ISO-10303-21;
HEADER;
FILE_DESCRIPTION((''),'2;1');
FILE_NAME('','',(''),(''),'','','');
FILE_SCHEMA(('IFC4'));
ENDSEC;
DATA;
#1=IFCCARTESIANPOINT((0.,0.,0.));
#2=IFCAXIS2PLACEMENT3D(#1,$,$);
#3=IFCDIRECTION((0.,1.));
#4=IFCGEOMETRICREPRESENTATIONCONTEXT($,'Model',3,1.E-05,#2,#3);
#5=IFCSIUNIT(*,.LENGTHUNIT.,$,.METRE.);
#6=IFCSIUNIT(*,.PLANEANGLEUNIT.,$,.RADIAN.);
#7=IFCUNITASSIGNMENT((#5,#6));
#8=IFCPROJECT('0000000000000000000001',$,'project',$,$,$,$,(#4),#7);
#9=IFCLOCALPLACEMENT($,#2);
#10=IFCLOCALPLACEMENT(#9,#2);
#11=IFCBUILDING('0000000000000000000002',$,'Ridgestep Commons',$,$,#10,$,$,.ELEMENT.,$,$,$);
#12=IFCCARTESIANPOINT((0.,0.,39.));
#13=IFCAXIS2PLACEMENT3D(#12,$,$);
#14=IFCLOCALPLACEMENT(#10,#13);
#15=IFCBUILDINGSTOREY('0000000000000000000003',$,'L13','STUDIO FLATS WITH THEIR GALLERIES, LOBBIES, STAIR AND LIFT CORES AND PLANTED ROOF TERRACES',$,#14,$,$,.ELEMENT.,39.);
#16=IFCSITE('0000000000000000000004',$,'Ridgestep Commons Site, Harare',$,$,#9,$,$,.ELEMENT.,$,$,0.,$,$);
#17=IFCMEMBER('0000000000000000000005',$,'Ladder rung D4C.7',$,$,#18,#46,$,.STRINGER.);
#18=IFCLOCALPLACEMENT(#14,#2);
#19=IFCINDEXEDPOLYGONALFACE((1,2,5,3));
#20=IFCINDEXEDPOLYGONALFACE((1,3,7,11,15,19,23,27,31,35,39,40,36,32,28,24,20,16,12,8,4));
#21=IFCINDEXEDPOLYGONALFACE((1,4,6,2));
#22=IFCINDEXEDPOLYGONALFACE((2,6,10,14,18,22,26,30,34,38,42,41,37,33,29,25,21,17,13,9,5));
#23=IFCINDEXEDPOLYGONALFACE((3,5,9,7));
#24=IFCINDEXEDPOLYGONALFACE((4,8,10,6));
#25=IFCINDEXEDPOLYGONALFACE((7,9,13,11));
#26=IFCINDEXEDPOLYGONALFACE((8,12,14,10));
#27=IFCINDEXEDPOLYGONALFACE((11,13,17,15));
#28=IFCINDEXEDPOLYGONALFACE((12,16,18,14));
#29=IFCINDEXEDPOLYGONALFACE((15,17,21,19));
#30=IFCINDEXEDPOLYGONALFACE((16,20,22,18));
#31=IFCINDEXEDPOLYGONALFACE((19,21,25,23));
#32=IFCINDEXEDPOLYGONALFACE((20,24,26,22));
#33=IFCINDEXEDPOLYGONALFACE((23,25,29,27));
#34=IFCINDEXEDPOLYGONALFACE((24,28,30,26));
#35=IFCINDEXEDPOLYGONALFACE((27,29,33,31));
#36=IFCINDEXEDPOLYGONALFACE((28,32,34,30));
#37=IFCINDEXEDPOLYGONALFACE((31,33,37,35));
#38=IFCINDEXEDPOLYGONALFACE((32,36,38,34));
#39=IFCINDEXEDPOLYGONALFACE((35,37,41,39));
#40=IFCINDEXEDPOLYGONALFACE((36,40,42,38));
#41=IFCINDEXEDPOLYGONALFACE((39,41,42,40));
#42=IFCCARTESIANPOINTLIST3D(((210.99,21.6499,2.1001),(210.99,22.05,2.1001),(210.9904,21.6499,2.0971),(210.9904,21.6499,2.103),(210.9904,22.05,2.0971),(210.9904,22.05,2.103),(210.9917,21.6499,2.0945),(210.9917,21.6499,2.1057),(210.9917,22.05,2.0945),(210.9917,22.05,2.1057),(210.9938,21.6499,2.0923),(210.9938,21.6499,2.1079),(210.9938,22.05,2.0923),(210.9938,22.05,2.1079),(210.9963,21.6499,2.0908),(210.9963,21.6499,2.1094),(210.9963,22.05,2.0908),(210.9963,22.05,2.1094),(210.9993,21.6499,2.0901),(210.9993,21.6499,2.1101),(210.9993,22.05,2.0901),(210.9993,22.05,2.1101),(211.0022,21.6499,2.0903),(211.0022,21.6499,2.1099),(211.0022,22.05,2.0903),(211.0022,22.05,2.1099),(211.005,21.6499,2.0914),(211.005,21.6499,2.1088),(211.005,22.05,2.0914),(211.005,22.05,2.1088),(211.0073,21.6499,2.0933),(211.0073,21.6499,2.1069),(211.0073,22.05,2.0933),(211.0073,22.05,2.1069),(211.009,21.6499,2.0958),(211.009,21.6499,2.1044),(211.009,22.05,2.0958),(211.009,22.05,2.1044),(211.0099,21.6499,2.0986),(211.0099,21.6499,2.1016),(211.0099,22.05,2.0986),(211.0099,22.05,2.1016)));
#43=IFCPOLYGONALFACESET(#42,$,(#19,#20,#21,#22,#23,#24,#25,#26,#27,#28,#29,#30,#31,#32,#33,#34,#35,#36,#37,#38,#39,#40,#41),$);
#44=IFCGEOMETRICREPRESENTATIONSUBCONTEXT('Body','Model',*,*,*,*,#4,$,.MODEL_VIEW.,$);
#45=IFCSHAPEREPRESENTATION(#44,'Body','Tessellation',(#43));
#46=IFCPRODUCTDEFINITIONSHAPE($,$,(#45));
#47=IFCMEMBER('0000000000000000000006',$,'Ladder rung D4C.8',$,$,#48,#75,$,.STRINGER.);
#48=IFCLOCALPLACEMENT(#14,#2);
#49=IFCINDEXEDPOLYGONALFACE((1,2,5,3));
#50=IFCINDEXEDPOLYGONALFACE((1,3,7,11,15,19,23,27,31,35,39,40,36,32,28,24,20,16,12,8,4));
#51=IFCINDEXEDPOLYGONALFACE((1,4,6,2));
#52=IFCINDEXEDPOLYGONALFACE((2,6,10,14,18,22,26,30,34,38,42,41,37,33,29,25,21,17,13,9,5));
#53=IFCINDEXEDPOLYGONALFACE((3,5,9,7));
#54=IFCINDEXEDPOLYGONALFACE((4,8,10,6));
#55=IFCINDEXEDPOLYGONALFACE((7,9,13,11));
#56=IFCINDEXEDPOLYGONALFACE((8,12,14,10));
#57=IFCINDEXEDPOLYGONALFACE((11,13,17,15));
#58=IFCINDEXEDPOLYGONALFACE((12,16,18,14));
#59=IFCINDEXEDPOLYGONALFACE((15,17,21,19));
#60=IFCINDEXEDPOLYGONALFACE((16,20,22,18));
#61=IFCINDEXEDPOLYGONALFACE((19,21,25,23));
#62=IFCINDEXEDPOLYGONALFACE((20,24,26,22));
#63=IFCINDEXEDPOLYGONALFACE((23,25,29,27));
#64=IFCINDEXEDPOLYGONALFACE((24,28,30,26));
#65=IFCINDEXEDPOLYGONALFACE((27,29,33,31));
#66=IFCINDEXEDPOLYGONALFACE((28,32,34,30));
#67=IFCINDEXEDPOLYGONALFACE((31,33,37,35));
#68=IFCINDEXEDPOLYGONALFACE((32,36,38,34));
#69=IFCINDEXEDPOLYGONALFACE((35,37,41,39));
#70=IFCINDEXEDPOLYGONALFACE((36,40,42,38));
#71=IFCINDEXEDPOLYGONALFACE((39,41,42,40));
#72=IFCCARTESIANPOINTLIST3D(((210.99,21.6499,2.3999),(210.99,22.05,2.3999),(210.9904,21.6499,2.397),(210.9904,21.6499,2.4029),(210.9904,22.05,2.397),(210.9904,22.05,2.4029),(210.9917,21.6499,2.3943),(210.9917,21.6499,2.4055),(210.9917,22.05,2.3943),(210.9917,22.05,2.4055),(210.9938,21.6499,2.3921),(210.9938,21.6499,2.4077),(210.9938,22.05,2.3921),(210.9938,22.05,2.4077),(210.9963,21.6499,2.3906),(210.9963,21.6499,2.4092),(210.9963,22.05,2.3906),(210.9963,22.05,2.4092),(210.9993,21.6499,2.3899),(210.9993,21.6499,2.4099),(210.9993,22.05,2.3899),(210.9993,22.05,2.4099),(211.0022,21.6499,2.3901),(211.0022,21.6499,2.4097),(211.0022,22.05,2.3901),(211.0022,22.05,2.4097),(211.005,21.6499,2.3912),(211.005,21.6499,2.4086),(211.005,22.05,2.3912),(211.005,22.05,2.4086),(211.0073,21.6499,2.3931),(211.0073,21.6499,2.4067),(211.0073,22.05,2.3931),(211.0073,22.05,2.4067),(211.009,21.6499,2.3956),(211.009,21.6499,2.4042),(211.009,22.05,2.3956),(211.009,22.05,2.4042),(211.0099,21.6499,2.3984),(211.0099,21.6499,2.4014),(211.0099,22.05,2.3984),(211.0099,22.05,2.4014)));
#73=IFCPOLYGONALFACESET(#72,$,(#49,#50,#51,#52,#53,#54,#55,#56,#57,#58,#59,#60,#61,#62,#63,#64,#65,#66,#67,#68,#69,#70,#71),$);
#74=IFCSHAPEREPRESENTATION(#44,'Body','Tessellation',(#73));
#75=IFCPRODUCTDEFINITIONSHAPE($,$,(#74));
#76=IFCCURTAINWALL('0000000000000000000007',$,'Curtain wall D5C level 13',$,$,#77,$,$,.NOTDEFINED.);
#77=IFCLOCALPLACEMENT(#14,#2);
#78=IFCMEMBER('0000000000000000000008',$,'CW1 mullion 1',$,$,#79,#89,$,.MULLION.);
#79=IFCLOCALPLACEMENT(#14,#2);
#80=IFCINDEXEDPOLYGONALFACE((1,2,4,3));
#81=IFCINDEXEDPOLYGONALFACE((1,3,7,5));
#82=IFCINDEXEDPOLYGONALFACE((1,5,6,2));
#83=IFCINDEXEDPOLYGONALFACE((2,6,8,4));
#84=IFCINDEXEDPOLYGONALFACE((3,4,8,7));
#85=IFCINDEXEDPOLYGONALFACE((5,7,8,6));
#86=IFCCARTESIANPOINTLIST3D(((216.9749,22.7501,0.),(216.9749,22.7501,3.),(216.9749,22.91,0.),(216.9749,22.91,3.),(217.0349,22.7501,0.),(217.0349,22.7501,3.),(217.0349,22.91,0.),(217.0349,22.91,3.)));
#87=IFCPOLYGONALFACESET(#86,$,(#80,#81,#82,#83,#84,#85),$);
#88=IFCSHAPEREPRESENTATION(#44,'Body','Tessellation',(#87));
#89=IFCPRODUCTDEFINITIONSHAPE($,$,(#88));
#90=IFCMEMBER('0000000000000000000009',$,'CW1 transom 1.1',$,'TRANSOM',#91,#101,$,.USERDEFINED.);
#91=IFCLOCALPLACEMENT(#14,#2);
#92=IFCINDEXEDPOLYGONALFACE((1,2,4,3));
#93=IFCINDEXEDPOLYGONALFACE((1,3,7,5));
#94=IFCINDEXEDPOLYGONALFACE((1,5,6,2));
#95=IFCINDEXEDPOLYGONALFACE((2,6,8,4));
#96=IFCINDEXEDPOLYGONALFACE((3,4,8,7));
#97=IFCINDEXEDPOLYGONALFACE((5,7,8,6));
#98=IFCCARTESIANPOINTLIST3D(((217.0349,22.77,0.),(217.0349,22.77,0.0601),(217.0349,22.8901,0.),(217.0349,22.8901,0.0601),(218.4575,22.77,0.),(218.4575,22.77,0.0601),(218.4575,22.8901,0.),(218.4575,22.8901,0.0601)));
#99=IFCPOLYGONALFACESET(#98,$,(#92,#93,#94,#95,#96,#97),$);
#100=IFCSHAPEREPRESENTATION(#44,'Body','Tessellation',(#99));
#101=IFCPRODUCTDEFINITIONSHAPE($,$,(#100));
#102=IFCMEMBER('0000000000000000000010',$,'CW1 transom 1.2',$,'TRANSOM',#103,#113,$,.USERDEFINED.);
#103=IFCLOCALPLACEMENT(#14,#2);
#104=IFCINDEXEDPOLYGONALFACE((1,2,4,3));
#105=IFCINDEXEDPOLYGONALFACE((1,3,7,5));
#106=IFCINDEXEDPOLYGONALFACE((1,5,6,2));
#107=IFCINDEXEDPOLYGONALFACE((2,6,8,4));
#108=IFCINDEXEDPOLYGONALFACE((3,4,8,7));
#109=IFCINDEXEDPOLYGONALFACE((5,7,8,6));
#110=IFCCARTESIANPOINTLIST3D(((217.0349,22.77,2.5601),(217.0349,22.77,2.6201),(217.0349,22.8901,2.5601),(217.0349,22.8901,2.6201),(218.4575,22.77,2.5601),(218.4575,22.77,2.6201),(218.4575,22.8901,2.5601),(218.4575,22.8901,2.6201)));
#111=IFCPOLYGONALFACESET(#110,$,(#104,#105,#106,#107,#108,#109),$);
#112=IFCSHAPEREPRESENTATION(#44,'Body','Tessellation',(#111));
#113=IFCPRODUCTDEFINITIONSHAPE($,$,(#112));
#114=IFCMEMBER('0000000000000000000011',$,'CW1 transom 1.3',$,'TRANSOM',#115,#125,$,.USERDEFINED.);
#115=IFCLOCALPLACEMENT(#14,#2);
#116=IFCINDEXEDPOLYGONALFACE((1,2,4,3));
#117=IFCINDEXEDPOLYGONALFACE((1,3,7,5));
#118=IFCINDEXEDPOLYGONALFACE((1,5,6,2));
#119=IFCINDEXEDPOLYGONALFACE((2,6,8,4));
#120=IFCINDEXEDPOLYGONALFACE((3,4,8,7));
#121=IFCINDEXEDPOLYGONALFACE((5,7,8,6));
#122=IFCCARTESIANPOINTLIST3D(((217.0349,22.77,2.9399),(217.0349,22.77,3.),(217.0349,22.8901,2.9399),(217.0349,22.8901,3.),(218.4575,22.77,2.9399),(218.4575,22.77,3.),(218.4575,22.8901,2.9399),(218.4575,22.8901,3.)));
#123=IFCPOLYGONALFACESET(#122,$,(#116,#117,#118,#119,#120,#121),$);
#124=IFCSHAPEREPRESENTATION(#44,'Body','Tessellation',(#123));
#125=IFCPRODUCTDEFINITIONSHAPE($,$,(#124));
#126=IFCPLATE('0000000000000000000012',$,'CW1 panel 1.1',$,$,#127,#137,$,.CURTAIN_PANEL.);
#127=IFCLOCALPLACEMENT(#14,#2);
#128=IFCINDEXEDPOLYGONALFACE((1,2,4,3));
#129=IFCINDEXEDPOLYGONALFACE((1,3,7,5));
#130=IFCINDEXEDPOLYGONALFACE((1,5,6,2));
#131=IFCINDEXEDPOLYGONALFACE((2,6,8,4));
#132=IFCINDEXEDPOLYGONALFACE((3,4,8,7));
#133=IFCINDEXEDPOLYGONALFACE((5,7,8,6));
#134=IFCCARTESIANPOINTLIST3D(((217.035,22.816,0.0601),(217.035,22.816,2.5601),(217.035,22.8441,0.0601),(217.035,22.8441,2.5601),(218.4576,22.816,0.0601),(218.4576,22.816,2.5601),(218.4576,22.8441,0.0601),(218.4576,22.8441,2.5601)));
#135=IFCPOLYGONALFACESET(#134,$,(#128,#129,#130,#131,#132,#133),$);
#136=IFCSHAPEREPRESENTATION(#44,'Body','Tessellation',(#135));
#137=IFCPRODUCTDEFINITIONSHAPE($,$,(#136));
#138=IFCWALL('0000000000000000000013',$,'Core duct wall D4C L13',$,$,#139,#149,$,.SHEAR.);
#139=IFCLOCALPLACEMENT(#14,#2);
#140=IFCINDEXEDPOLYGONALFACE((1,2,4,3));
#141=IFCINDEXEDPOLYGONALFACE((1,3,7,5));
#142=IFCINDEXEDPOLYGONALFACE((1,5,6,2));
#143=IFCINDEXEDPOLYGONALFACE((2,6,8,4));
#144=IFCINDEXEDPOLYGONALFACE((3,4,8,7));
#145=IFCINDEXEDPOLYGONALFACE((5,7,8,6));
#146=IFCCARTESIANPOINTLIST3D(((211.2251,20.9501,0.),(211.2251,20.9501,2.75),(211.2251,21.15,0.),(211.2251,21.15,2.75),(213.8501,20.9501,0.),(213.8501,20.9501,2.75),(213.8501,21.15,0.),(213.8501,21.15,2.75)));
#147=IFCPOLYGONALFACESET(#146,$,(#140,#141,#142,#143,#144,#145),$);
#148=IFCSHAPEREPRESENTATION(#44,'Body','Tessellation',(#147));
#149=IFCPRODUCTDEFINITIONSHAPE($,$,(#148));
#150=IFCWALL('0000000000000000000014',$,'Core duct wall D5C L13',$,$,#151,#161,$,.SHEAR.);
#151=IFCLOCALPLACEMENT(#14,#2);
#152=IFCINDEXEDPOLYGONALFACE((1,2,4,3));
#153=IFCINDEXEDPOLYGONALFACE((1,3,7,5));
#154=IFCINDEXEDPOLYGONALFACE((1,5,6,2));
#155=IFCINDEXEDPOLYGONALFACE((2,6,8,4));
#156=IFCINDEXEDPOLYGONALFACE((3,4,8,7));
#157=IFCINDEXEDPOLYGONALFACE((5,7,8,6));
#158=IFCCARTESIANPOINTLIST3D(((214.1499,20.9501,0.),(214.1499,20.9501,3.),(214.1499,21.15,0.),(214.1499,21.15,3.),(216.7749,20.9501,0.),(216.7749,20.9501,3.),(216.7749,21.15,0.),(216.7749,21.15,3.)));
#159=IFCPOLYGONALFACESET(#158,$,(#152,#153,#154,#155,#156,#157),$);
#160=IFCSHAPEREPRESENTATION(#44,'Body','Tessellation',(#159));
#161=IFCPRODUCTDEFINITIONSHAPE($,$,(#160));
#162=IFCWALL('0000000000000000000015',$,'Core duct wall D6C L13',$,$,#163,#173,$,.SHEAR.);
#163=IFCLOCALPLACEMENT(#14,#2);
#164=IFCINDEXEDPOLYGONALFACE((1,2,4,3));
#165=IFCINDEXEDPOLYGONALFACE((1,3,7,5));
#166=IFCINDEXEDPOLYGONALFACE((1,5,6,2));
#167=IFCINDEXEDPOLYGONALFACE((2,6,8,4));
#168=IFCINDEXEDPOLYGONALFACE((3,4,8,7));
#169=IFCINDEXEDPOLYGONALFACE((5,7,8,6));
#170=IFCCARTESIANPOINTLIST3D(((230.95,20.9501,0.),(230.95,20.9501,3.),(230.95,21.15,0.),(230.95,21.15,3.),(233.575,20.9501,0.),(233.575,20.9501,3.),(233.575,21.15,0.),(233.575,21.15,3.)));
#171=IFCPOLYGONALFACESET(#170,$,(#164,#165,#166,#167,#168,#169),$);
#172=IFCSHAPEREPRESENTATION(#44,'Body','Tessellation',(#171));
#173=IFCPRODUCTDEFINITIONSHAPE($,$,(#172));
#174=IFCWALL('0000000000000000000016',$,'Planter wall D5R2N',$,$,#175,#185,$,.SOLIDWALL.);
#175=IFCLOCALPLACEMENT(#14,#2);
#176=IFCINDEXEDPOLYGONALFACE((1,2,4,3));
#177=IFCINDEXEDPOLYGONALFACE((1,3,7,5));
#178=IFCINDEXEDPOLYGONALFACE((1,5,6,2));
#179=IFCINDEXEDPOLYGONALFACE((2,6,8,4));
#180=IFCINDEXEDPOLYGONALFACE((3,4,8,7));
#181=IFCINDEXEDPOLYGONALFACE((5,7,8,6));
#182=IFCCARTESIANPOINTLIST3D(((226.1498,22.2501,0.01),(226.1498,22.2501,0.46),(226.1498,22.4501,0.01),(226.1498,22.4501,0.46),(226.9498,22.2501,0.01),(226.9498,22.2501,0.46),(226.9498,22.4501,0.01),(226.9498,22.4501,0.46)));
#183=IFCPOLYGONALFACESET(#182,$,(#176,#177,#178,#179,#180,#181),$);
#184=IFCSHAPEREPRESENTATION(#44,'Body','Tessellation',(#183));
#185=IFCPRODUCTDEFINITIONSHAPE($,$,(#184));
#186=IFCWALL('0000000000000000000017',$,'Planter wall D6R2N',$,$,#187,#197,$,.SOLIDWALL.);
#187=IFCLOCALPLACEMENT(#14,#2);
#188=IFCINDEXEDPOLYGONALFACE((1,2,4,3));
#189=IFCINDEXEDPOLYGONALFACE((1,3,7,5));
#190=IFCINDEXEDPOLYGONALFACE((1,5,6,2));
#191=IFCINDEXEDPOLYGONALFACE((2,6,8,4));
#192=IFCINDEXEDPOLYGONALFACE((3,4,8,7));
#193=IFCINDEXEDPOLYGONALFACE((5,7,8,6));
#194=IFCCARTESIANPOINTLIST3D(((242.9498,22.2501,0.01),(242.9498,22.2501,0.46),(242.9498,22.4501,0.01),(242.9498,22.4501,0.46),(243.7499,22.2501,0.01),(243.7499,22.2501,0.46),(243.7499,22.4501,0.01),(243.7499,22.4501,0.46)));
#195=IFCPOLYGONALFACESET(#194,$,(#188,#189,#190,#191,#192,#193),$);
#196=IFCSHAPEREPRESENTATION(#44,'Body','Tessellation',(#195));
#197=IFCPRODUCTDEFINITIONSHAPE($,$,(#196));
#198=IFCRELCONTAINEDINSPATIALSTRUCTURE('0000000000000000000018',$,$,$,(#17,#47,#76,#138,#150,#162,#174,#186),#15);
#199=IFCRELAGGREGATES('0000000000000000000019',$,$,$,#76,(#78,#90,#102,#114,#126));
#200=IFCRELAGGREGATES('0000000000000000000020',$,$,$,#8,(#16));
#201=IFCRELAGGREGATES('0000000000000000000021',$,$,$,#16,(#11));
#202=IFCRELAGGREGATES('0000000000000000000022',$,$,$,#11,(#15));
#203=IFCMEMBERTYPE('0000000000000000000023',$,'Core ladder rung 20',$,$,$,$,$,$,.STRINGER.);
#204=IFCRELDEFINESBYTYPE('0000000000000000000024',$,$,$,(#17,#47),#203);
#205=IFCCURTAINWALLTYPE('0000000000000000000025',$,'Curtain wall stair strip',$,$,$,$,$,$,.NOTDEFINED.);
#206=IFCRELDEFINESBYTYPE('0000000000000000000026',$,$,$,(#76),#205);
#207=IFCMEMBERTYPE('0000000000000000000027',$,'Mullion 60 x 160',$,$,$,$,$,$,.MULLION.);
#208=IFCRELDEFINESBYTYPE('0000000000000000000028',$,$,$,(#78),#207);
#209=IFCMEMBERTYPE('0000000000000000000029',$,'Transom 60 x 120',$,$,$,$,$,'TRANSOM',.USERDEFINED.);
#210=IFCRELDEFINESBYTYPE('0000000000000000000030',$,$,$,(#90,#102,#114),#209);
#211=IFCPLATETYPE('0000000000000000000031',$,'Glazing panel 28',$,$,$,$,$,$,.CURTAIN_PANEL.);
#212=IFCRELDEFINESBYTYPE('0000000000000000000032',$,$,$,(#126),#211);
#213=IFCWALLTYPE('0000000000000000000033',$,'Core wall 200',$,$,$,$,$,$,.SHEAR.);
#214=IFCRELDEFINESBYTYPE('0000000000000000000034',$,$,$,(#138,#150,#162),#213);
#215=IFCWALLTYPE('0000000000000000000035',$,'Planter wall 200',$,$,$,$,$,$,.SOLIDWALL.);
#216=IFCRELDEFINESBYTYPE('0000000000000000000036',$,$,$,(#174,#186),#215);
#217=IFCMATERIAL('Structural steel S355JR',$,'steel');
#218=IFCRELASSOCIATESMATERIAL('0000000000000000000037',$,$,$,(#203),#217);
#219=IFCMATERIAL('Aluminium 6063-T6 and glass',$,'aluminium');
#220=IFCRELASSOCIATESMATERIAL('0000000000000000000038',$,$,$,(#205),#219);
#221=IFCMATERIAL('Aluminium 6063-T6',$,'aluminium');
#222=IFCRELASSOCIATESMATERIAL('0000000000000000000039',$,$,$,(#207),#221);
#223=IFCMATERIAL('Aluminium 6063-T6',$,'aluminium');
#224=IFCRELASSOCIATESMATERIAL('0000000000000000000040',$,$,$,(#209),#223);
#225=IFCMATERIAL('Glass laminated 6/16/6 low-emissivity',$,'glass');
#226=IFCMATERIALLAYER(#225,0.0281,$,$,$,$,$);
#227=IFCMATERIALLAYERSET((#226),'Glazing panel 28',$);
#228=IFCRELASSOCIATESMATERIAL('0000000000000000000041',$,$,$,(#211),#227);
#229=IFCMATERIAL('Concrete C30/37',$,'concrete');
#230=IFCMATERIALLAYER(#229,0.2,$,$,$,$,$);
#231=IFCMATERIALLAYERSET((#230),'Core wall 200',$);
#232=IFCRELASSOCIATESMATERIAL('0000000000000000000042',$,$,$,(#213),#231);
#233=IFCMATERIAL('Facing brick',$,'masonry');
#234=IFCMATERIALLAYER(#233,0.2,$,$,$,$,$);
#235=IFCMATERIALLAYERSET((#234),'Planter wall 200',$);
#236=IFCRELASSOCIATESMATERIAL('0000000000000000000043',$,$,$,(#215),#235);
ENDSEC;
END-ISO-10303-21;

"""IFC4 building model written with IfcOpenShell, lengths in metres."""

from ifc_helpers import new_model, si_unit, direction, frame, frame_2d, origin, origin_2d, place, context, subcontext, project, spatial, rectangle, circle, extrude, material, layer, layer_set, material_profile, profile_set, type_object, element, aggregate, save


model = new_model("IFC4")

# Units and contexts
model_context = context("Model", 3, precision=1e-05, world=origin(), true_north=direction((0.0, 1.0)))
body_context = subcontext(model_context, "Body", "Model", "MODEL_VIEW")
ifc_project = project(units=[si_unit("LENGTHUNIT", "METRE"), si_unit("PLANEANGLEUNIT", "RADIAN")], contexts=[model_context])

# Site, building, storey
site_placement = place(None, origin())
site = spatial("IfcSite", under=ifc_project, at=site_placement, Name="Ridgestep Commons Site, Harare", CompositionType="ELEMENT", RefElevation=0.0)
building_placement = place(site_placement, origin())
building = spatial("IfcBuilding", under=site, at=building_placement, Name="Ridgestep Commons", CompositionType="ELEMENT")
storey_placement = place(building_placement, frame((0.0, 0.0, 39.0)))
storey = spatial("IfcBuildingStorey", under=building, at=storey_placement, Name="L13", Description="STUDIO FLATS WITH THEIR GALLERIES, LOBBIES, STAIR AND LIFT CORES AND PLANTED ROOF TERRACES", CompositionType="ELEMENT", Elevation=39.0)

# Members
ifc_material_1 = material(Name="Structural steel S355JR", Category="steel")
ifc_material_profile_1 = material_profile(ifc_material_1, circle(Radius=0.01, at=origin_2d()), Name="Round bar 20")
ifc_profile_set_1 = profile_set([ifc_material_profile_1], Name="Structural steel S355JR")
member_type_1 = type_object("IfcMemberType", Name="Core ladder rung 20", PredefinedType="STRINGER", material=ifc_profile_set_1)
for number, where, z_axis, x_axis, name in (
    (1, (211.0, 21.6499, 2.1001), (0.0, 1.0, 0.0), (-1.0, 0.0, 0.0), "Ladder rung D4C.7"),
    (2, (211.0, 21.6499, 2.3999), (0.0, 1.0, 0.0), (-1.0, 0.0, 0.0), "Ladder rung D4C.8"),
):
    element("IfcMember", number, at=place(storey_placement, frame(where, z_axis=z_axis, x_axis=x_axis)), inside=storey, type_object=member_type_1, Name=name, PredefinedType="STRINGER", context=body_context, shape_type="SweptSolid", body=[
        extrude(circle(Radius=0.01, at=origin_2d()), origin(), (0.0, 0.0, 1.0), 0.4001),
    ])

# Curtain wall, members, plate
ifc_material_2 = material(Name="Aluminium 6063-T6 and glass", Category="aluminium")
curtain_wall_type = type_object("IfcCurtainWallType", Name="Curtain wall stair strip", PredefinedType="NOTDEFINED", material=ifc_material_2)
curtain_wall_placement = place(storey_placement, origin())
curtain_wall = element("IfcCurtainWall", 3, at=curtain_wall_placement, inside=storey, type_object=curtain_wall_type, Name="Curtain wall D5C level 13", PredefinedType="NOTDEFINED")
ifc_material_3 = material(Name="Aluminium 6063-T6", Category="aluminium")
ifc_material_profile_2 = material_profile(ifc_material_3, rectangle(XDim=0.1599, YDim=0.0601, at=origin_2d()), Name="Mullion 60 x 160")
ifc_profile_set_2 = profile_set([ifc_material_profile_2], Name="Aluminium 6063-T6")
member_type_2 = type_object("IfcMemberType", Name="Mullion 60 x 160", PredefinedType="MULLION", material=ifc_profile_set_2)
member_1_placement = place(storey_placement, frame((217.0049, 22.8301, 0.0), z_axis=(0.0, 0.0, 1.0), x_axis=(0.0, 1.0, 0.0)))
member_1 = element("IfcMember", 4, at=member_1_placement, type_object=member_type_2, Name="CW1 mullion 1", PredefinedType="MULLION", context=body_context, shape_type="SweptSolid", body=[
    extrude(rectangle(XDim=0.1599, YDim=0.0601, at=origin_2d()), origin(), (0.0, 0.0, 1.0), 3.0),
])
ifc_material_4 = material(Name="Aluminium 6063-T6", Category="aluminium")
ifc_material_profile_3 = material_profile(ifc_material_4, rectangle(XDim=0.1201, YDim=0.0601, at=origin_2d()), Name="Transom 60 x 120")
ifc_profile_set_3 = profile_set([ifc_material_profile_3], Name="Aluminium 6063-T6")
member_type_3 = type_object("IfcMemberType", Name="Transom 60 x 120", ElementType="TRANSOM", PredefinedType="USERDEFINED", material=ifc_profile_set_3)
member_2_placement = place(storey_placement, frame((217.0349, 22.8301, 0.03), z_axis=(1.0, 0.0, 0.0), x_axis=(0.0, 1.0, 0.0)))
member_2 = element("IfcMember", 5, at=member_2_placement, type_object=member_type_3, Name="CW1 transom 1.1", ObjectType="TRANSOM", PredefinedType="USERDEFINED", context=body_context, shape_type="SweptSolid", body=[
    extrude(rectangle(XDim=0.1201, YDim=0.0601, at=origin_2d()), origin(), (0.0, 0.0, 1.0), 1.4226),
])
member_3_placement = place(storey_placement, frame((217.0349, 22.8301, 2.5901), z_axis=(1.0, 0.0, 0.0), x_axis=(0.0, 1.0, 0.0)))
member_3 = element("IfcMember", 6, at=member_3_placement, type_object=member_type_3, Name="CW1 transom 1.2", ObjectType="TRANSOM", PredefinedType="USERDEFINED", context=body_context, shape_type="SweptSolid", body=[
    extrude(rectangle(XDim=0.1201, YDim=0.0601, at=origin_2d()), origin(), (0.0, 0.0, 1.0), 1.4226),
])
member_4_placement = place(storey_placement, frame((217.0349, 22.8301, 2.97), z_axis=(1.0, 0.0, 0.0), x_axis=(0.0, 1.0, 0.0)))
member_4 = element("IfcMember", 7, at=member_4_placement, type_object=member_type_3, Name="CW1 transom 1.3", ObjectType="TRANSOM", PredefinedType="USERDEFINED", context=body_context, shape_type="SweptSolid", body=[
    extrude(rectangle(XDim=0.1201, YDim=0.0601, at=origin_2d()), origin(), (0.0, 0.0, 1.0), 1.4226),
])
ifc_material_5 = material(Name="Glass laminated 6/16/6 low-emissivity", Category="glass")
ifc_layer_1 = layer(ifc_material_5, 0.0281)
ifc_layer_set_1 = layer_set([ifc_layer_1], Name="Glazing panel 28")
plate_type = type_object("IfcPlateType", Name="Glazing panel 28", PredefinedType="CURTAIN_PANEL", material=ifc_layer_set_1)
plate_placement = place(storey_placement, frame((217.7463, 22.8301, 0.0601), z_axis=(0.0, 0.0, 1.0), x_axis=(1.0, 0.0, 0.0)))
plate = element("IfcPlate", 8, at=plate_placement, type_object=plate_type, Name="CW1 panel 1.1", PredefinedType="CURTAIN_PANEL", context=body_context, shape_type="SweptSolid", body=[
    extrude(rectangle(XDim=1.4226, YDim=0.0281, at=origin_2d()), origin(), (0.0, 0.0, 1.0), 2.5),
])
aggregate(curtain_wall, [member_1, member_2, member_3, member_4, plate])

# Walls
ifc_material_6 = material(Name="Concrete C30/37", Category="concrete")
ifc_layer_2 = layer(ifc_material_6, 0.2)
ifc_layer_set_2 = layer_set([ifc_layer_2], Name="Core wall 200")
wall_type_1 = type_object("IfcWallType", Name="Core wall 200", PredefinedType="SHEAR", material=ifc_layer_set_2)
wall_placement = place(storey_placement, frame((211.2251, 21.05, 0.0), z_axis=(0.0, 0.0, 1.0), x_axis=(1.0, 0.0, 0.0)))
element("IfcWall", 9, at=wall_placement, inside=storey, type_object=wall_type_1, Name="Core duct wall D4C L13", PredefinedType="SHEAR", context=body_context, shape_type="SweptSolid", body=[
    extrude(rectangle(XDim=2.625, YDim=0.2, at=frame_2d((1.3125, 0.0))), origin(), (0.0, 0.0, 1.0), 2.75),
])
for number, where, z_axis, x_axis, name in (
    (10, (214.1499, 21.05, 0.0), (0.0, 0.0, 1.0), (1.0, 0.0, 0.0), "Core duct wall D5C L13"),
    (11, (230.95, 21.05, 0.0), (0.0, 0.0, 1.0), (1.0, 0.0, 0.0), "Core duct wall D6C L13"),
):
    element("IfcWall", number, at=place(storey_placement, frame(where, z_axis=z_axis, x_axis=x_axis)), inside=storey, type_object=wall_type_1, Name=name, PredefinedType="SHEAR", context=body_context, shape_type="SweptSolid", body=[
        extrude(rectangle(XDim=2.625, YDim=0.2, at=frame_2d((1.3125, 0.0))), origin(), (0.0, 0.0, 1.0), 3.0),
    ])
ifc_material_7 = material(Name="Facing brick", Category="masonry")
ifc_layer_3 = layer(ifc_material_7, 0.2)
ifc_layer_set_3 = layer_set([ifc_layer_3], Name="Planter wall 200")
wall_type_2 = type_object("IfcWallType", Name="Planter wall 200", PredefinedType="SOLIDWALL", material=ifc_layer_set_3)
for number, where, z_axis, x_axis, name in (
    (12, (226.1499, 22.3501, 0.01), (0.0, 0.0, 1.0), (1.0, 0.0, 0.0), "Planter wall D5R2N"),
    (13, (242.95, 22.3501, 0.01), (0.0, 0.0, 1.0), (1.0, 0.0, 0.0), "Planter wall D6R2N"),
):
    element("IfcWall", number, at=place(storey_placement, frame(where, z_axis=z_axis, x_axis=x_axis)), inside=storey, type_object=wall_type_2, Name=name, PredefinedType="SOLIDWALL", context=body_context, shape_type="SweptSolid", body=[
        extrude(rectangle(XDim=0.8, YDim=0.2, at=frame_2d((0.3999, 0.0))), origin(), (0.0, 0.0, 1.0), 0.45),
    ])

save(model, "model.ifc")
